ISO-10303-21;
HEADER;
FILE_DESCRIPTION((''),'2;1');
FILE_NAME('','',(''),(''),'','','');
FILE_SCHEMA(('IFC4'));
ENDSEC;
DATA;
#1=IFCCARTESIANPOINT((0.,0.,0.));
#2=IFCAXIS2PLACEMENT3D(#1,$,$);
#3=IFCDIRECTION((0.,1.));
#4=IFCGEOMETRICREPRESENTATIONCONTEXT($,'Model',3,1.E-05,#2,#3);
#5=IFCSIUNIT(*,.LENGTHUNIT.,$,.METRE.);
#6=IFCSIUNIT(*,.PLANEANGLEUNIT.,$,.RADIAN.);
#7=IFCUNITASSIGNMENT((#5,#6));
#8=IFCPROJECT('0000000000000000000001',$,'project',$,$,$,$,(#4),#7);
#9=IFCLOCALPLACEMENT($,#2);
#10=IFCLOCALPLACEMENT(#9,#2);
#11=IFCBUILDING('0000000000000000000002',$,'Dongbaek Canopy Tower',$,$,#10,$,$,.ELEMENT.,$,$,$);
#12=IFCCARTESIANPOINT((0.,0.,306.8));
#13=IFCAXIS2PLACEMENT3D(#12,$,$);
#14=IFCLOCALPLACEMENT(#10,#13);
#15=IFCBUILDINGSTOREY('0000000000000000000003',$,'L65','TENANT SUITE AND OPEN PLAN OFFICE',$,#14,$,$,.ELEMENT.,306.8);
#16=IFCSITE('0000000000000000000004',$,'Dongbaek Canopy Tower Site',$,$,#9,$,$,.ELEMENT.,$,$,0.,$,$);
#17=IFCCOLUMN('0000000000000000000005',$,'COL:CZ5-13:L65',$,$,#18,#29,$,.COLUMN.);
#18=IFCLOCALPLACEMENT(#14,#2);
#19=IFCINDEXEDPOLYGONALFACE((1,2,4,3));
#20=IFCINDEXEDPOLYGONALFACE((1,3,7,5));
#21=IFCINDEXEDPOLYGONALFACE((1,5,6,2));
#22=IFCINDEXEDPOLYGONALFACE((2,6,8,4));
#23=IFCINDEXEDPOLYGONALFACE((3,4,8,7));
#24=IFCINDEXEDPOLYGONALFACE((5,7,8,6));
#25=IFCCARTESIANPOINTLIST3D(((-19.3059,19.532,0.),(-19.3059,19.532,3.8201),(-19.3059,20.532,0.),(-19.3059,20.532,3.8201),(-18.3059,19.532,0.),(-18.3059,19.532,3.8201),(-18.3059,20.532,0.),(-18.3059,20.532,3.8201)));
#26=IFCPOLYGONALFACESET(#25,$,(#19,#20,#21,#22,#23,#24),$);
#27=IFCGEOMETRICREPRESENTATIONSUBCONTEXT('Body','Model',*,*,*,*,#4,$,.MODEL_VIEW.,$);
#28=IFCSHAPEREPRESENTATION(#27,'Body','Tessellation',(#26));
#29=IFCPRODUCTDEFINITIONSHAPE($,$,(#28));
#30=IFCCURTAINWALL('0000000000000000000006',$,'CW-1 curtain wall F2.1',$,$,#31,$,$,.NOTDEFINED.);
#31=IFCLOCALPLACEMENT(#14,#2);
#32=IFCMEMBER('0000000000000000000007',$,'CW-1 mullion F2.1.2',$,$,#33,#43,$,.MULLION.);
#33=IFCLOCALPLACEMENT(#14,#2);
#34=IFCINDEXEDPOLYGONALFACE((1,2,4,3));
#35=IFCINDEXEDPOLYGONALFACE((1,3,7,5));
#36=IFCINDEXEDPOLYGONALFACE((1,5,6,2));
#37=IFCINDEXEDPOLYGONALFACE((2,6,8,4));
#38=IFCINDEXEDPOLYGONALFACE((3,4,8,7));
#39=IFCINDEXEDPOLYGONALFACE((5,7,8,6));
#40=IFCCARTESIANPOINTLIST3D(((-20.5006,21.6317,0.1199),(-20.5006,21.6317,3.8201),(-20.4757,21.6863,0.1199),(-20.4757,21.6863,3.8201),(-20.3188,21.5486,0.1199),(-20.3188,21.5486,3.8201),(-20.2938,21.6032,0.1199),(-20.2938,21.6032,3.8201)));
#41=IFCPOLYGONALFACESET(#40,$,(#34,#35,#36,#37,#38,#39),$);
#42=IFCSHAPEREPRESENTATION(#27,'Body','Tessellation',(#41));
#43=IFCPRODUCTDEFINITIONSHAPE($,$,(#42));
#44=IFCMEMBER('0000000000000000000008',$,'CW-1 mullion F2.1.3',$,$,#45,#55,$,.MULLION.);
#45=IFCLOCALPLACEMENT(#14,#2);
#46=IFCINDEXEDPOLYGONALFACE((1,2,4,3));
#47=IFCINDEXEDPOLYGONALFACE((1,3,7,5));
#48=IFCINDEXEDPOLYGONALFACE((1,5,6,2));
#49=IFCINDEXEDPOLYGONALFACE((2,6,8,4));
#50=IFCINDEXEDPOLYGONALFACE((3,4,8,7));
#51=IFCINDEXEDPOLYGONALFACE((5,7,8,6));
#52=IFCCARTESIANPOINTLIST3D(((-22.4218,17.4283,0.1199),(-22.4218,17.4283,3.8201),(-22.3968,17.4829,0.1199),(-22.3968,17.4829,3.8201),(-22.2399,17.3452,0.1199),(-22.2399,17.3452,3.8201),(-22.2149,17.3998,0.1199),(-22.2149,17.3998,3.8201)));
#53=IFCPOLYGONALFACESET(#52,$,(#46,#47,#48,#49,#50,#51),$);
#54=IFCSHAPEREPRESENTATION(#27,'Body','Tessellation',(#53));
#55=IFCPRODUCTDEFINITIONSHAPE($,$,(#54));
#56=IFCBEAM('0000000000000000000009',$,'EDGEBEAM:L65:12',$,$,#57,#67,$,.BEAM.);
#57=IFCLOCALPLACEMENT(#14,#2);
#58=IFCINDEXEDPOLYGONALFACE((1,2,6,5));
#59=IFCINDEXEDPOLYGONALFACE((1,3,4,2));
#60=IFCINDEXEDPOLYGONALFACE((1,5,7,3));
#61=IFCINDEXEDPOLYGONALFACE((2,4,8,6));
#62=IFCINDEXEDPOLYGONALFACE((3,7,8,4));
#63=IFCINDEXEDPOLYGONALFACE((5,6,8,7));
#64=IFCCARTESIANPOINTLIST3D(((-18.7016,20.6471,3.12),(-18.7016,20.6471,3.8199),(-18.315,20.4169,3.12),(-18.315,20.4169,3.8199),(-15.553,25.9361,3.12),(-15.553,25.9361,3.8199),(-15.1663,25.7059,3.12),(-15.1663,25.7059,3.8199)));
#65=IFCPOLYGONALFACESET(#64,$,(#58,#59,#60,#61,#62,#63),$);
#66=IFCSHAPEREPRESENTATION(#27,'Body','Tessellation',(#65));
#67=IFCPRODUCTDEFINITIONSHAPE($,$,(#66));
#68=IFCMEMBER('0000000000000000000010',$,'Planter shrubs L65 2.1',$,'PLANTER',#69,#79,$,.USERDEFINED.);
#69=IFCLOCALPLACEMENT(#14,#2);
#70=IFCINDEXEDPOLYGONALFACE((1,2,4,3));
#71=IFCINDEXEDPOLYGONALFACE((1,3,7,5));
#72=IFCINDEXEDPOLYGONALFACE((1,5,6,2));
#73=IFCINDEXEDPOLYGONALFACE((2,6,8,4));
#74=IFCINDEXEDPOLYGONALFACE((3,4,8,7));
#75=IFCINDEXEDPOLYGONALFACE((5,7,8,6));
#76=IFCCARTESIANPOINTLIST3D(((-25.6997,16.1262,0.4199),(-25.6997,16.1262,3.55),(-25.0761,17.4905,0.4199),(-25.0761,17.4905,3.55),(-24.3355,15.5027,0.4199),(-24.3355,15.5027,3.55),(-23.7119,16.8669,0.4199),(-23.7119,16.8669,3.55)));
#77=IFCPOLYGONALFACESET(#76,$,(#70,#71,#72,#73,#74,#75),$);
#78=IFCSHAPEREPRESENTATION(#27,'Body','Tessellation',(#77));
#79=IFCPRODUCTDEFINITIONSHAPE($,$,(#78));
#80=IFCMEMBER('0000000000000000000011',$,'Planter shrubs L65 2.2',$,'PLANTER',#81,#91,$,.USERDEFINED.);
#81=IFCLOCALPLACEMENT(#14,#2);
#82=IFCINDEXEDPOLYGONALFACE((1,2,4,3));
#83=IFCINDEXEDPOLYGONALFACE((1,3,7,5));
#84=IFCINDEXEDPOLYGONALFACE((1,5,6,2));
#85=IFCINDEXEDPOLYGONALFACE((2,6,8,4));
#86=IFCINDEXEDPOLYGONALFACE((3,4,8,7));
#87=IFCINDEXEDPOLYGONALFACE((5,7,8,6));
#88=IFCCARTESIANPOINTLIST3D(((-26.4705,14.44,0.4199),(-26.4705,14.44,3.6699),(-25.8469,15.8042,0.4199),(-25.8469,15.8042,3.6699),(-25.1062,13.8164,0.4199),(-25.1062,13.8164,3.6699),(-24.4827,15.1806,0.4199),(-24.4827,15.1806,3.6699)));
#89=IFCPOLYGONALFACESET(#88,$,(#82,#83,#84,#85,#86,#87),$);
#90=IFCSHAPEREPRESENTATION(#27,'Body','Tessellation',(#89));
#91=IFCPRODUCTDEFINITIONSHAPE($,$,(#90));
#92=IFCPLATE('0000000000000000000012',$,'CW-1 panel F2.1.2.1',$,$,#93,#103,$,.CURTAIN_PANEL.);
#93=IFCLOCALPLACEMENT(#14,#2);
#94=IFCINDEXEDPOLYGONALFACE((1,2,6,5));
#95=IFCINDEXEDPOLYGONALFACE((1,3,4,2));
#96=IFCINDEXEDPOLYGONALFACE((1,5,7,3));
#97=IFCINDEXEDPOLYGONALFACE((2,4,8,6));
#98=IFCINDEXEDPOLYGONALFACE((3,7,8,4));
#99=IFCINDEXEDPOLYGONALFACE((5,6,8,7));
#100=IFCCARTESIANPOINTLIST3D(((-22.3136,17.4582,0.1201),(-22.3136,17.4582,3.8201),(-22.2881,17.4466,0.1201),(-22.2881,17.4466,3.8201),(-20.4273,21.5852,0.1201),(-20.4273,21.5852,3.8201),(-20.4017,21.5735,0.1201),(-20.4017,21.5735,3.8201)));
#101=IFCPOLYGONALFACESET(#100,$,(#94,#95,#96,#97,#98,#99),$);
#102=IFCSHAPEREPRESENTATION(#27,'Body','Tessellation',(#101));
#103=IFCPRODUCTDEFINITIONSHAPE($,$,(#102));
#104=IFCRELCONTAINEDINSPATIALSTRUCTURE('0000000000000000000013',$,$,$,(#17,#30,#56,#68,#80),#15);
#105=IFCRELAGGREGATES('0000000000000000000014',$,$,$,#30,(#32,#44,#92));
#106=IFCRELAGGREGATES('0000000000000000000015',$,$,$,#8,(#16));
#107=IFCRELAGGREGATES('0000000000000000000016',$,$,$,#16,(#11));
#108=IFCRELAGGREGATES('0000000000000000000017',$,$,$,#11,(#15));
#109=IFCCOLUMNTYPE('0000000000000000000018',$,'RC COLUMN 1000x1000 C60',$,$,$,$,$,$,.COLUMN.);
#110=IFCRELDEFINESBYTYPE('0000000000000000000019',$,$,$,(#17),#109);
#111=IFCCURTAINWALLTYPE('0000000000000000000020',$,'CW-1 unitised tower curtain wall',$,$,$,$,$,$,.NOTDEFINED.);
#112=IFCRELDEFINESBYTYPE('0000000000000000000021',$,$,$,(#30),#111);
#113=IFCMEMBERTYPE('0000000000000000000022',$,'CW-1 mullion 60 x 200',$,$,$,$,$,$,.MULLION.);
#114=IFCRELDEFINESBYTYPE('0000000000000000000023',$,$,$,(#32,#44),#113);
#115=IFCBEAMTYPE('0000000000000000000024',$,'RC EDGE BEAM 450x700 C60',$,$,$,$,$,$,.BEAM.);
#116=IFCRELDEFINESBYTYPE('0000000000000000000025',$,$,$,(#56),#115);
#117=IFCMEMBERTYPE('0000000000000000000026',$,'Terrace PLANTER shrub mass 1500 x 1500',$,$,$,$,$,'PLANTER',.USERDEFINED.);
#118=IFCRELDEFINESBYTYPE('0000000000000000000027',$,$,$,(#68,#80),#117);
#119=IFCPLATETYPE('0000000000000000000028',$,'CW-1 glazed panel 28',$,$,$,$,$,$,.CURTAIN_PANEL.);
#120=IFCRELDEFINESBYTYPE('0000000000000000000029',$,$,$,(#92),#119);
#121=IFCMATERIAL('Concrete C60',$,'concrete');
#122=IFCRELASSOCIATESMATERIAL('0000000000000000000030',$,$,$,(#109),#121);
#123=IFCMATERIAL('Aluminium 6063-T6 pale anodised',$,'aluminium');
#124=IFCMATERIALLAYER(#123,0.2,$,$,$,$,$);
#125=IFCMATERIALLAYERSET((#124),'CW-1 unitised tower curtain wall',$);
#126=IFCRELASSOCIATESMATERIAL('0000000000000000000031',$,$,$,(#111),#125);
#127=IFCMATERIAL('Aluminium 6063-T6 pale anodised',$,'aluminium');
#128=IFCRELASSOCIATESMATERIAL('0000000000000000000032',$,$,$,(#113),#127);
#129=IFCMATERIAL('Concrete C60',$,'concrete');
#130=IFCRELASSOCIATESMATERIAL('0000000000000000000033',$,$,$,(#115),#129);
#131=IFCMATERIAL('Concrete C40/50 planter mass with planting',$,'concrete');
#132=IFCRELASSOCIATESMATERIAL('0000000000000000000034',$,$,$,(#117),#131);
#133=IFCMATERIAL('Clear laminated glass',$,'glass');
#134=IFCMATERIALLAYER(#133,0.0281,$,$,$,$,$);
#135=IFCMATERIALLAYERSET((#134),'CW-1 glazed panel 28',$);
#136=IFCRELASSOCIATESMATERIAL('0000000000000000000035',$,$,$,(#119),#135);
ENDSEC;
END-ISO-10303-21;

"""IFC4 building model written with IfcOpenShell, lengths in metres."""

from ifc_helpers import new_model, si_unit, direction, frame, origin, origin_2d, place, context, subcontext, project, spatial, rectangle, extrude, material, layer, layer_set, material_profile, profile_set, type_object, element, aggregate, save


model = new_model("IFC4")

# Units and contexts
model_context = context("Model", 3, precision=1e-05, world=origin(), true_north=direction((0.0, 1.0)))
body_context = subcontext(model_context, "Body", "Model", "MODEL_VIEW")
ifc_project = project(units=[si_unit("LENGTHUNIT", "METRE"), si_unit("PLANEANGLEUNIT", "RADIAN")], contexts=[model_context])

# Site, building, storey
site_placement = place(None, origin())
site = spatial("IfcSite", under=ifc_project, at=site_placement, Name="Dongbaek Canopy Tower Site", CompositionType="ELEMENT", RefElevation=0.0)
building_placement = place(site_placement, origin())
building = spatial("IfcBuilding", under=site, at=building_placement, Name="Dongbaek Canopy Tower", CompositionType="ELEMENT")
storey_placement = place(building_placement, frame((0.0, 0.0, 306.8)))
storey = spatial("IfcBuildingStorey", under=building, at=storey_placement, Name="L65", Description="TENANT SUITE AND OPEN PLAN OFFICE", CompositionType="ELEMENT", Elevation=306.8)

# Column
ifc_material_1 = material(Name="Concrete C60", Category="concrete")
ifc_material_profile_1 = material_profile(ifc_material_1, rectangle(XDim=1.0, YDim=1.0, at=origin_2d()), Name="RC COLUMN 1000x1000 C60")
ifc_profile_set_1 = profile_set([ifc_material_profile_1], Name="Concrete C60")
column_type = type_object("IfcColumnType", Name="RC COLUMN 1000x1000 C60", PredefinedType="COLUMN", material=ifc_profile_set_1)
column_placement = place(storey_placement, frame((-18.8059, 20.032, 0.0), z_axis=(0.0, 0.0, 1.0), x_axis=(1.0, 0.0, 0.0)))
element("IfcColumn", 1, at=column_placement, inside=storey, type_object=column_type, Name="COL:CZ5-13:L65", PredefinedType="COLUMN", context=body_context, shape_type="SweptSolid", body=[
    extrude(rectangle(XDim=1.0, YDim=1.0, at=origin_2d()), origin(), (0.0, 0.0, 1.0), 3.8201),
])

# Curtain wall, members
ifc_material_2 = material(Name="Aluminium 6063-T6 pale anodised", Category="aluminium")
ifc_layer_1 = layer(ifc_material_2, 0.2)
ifc_layer_set_1 = layer_set([ifc_layer_1], Name="CW-1 unitised tower curtain wall")
curtain_wall_type = type_object("IfcCurtainWallType", Name="CW-1 unitised tower curtain wall", PredefinedType="NOTDEFINED", material=ifc_layer_set_1)
curtain_wall_placement = place(storey_placement, origin())
curtain_wall = element("IfcCurtainWall", 2, at=curtain_wall_placement, inside=storey, type_object=curtain_wall_type, Name="CW-1 curtain wall F2.1", PredefinedType="NOTDEFINED")
ifc_material_3 = material(Name="Aluminium 6063-T6 pale anodised", Category="aluminium")
ifc_material_profile_2 = material_profile(ifc_material_3, rectangle(XDim=0.2, YDim=0.0601, at=origin_2d()), Name="CW-1 mullion 60 x 200")
ifc_profile_set_2 = profile_set([ifc_material_profile_2], Name="Aluminium 6063-T6 pale anodised")
member_type_1 = type_object("IfcMemberType", Name="CW-1 mullion 60 x 200", PredefinedType="MULLION", material=ifc_profile_set_2)
member_1_placement = place(storey_placement, frame((-20.3972, 21.6174, 0.1199), z_axis=(0.0, 0.0, 1.0), x_axis=(-0.909496, 0.415713, 0.0)))
member_1 = element("IfcMember", 3, at=member_1_placement, type_object=member_type_1, Name="CW-1 mullion F2.1.2", PredefinedType="MULLION", context=body_context, shape_type="SweptSolid", body=[
    extrude(rectangle(XDim=0.2, YDim=0.0601, at=origin_2d()), origin(), (0.0, 0.0, 1.0), 3.7002),
])
member_2_placement = place(storey_placement, frame((-22.3184, 17.4141, 0.1199), z_axis=(0.0, 0.0, 1.0), x_axis=(-0.909496, 0.415713, 0.0)))
member_2 = element("IfcMember", 4, at=member_2_placement, type_object=member_type_1, Name="CW-1 mullion F2.1.3", PredefinedType="MULLION", context=body_context, shape_type="SweptSolid", body=[
    extrude(rectangle(XDim=0.2, YDim=0.0601, at=origin_2d()), origin(), (0.0, 0.0, 1.0), 3.7002),
])

# Beam
ifc_material_4 = material(Name="Concrete C60", Category="concrete")
ifc_material_profile_3 = material_profile(ifc_material_4, rectangle(XDim=0.45, YDim=0.7, at=origin_2d()), Name="RC EDGE BEAM 450x700 C60")
ifc_profile_set_3 = profile_set([ifc_material_profile_3], Name="Concrete C60")
beam_type = type_object("IfcBeamType", Name="RC EDGE BEAM 450x700 C60", PredefinedType="BEAM", material=ifc_profile_set_3)
beam_placement = place(storey_placement, frame((-18.5083, 20.532, 3.47), z_axis=(0.511535, 0.859262, 0.0), x_axis=(-0.859262, 0.511535, 0.0)))
element("IfcBeam", 5, at=beam_placement, inside=storey, type_object=beam_type, Name="EDGEBEAM:L65:12", PredefinedType="BEAM", context=body_context, shape_type="SweptSolid", body=[
    extrude(rectangle(XDim=0.45, YDim=0.7, at=origin_2d()), origin(), (0.0, 0.0, 1.0), 6.1553),
])

# Members
ifc_material_5 = material(Name="Concrete C40/50 planter mass with planting", Category="concrete")
ifc_material_profile_4 = material_profile(ifc_material_5, rectangle(XDim=1.5, YDim=1.5, at=origin_2d()), Name="Terrace PLANTER shrub mass 1500 x 1500")
ifc_profile_set_4 = profile_set([ifc_material_profile_4], Name="Concrete C40/50 planter mass with planting")
member_type_2 = type_object("IfcMemberType", Name="Terrace PLANTER shrub mass 1500 x 1500", ElementType="PLANTER", PredefinedType="USERDEFINED", material=ifc_profile_set_4)
member_3_placement = place(storey_placement, frame((-24.7058, 16.4966, 0.4199), z_axis=(0.0, 0.0, 1.0), x_axis=(-0.909496, 0.415713, 0.0)))
element("IfcMember", 6, at=member_3_placement, inside=storey, type_object=member_type_2, Name="Planter shrubs L65 2.1", ObjectType="PLANTER", PredefinedType="USERDEFINED", context=body_context, shape_type="SweptSolid", body=[
    extrude(rectangle(XDim=1.5, YDim=1.5, at=origin_2d()), origin(), (0.0, 0.0, 1.0), 3.1301),
])
member_4_placement = place(storey_placement, frame((-25.4766, 14.8103, 0.4199), z_axis=(0.0, 0.0, 1.0), x_axis=(-0.909496, 0.415713, 0.0)))
element("IfcMember", 7, at=member_4_placement, inside=storey, type_object=member_type_2, Name="Planter shrubs L65 2.2", ObjectType="PLANTER", PredefinedType="USERDEFINED", context=body_context, shape_type="SweptSolid", body=[
    extrude(rectangle(XDim=1.5, YDim=1.5, at=origin_2d()), origin(), (0.0, 0.0, 1.0), 3.25),
])

# Plate
ifc_material_6 = material(Name="Clear laminated glass", Category="glass")
ifc_layer_2 = layer(ifc_material_6, 0.0281)
ifc_layer_set_2 = layer_set([ifc_layer_2], Name="CW-1 glazed panel 28")
plate_type = type_object("IfcPlateType", Name="CW-1 glazed panel 28", PredefinedType="CURTAIN_PANEL", material=ifc_layer_set_2)
plate_placement = place(storey_placement, frame((-21.3577, 19.5159, 0.1201), z_axis=(0.0, 0.0, 1.0), x_axis=(-0.415713, -0.909496, 0.0)))
plate = element("IfcPlate", 8, at=plate_placement, type_object=plate_type, Name="CW-1 panel F2.1.2.1", PredefinedType="CURTAIN_PANEL", context=body_context, shape_type="SweptSolid", body=[
    extrude(rectangle(XDim=4.5376, YDim=0.0281, at=origin_2d()), origin(), (0.0, 0.0, 1.0), 3.7),
])
aggregate(curtain_wall, [member_1, member_2, plate])

save(model, "model.ifc")
